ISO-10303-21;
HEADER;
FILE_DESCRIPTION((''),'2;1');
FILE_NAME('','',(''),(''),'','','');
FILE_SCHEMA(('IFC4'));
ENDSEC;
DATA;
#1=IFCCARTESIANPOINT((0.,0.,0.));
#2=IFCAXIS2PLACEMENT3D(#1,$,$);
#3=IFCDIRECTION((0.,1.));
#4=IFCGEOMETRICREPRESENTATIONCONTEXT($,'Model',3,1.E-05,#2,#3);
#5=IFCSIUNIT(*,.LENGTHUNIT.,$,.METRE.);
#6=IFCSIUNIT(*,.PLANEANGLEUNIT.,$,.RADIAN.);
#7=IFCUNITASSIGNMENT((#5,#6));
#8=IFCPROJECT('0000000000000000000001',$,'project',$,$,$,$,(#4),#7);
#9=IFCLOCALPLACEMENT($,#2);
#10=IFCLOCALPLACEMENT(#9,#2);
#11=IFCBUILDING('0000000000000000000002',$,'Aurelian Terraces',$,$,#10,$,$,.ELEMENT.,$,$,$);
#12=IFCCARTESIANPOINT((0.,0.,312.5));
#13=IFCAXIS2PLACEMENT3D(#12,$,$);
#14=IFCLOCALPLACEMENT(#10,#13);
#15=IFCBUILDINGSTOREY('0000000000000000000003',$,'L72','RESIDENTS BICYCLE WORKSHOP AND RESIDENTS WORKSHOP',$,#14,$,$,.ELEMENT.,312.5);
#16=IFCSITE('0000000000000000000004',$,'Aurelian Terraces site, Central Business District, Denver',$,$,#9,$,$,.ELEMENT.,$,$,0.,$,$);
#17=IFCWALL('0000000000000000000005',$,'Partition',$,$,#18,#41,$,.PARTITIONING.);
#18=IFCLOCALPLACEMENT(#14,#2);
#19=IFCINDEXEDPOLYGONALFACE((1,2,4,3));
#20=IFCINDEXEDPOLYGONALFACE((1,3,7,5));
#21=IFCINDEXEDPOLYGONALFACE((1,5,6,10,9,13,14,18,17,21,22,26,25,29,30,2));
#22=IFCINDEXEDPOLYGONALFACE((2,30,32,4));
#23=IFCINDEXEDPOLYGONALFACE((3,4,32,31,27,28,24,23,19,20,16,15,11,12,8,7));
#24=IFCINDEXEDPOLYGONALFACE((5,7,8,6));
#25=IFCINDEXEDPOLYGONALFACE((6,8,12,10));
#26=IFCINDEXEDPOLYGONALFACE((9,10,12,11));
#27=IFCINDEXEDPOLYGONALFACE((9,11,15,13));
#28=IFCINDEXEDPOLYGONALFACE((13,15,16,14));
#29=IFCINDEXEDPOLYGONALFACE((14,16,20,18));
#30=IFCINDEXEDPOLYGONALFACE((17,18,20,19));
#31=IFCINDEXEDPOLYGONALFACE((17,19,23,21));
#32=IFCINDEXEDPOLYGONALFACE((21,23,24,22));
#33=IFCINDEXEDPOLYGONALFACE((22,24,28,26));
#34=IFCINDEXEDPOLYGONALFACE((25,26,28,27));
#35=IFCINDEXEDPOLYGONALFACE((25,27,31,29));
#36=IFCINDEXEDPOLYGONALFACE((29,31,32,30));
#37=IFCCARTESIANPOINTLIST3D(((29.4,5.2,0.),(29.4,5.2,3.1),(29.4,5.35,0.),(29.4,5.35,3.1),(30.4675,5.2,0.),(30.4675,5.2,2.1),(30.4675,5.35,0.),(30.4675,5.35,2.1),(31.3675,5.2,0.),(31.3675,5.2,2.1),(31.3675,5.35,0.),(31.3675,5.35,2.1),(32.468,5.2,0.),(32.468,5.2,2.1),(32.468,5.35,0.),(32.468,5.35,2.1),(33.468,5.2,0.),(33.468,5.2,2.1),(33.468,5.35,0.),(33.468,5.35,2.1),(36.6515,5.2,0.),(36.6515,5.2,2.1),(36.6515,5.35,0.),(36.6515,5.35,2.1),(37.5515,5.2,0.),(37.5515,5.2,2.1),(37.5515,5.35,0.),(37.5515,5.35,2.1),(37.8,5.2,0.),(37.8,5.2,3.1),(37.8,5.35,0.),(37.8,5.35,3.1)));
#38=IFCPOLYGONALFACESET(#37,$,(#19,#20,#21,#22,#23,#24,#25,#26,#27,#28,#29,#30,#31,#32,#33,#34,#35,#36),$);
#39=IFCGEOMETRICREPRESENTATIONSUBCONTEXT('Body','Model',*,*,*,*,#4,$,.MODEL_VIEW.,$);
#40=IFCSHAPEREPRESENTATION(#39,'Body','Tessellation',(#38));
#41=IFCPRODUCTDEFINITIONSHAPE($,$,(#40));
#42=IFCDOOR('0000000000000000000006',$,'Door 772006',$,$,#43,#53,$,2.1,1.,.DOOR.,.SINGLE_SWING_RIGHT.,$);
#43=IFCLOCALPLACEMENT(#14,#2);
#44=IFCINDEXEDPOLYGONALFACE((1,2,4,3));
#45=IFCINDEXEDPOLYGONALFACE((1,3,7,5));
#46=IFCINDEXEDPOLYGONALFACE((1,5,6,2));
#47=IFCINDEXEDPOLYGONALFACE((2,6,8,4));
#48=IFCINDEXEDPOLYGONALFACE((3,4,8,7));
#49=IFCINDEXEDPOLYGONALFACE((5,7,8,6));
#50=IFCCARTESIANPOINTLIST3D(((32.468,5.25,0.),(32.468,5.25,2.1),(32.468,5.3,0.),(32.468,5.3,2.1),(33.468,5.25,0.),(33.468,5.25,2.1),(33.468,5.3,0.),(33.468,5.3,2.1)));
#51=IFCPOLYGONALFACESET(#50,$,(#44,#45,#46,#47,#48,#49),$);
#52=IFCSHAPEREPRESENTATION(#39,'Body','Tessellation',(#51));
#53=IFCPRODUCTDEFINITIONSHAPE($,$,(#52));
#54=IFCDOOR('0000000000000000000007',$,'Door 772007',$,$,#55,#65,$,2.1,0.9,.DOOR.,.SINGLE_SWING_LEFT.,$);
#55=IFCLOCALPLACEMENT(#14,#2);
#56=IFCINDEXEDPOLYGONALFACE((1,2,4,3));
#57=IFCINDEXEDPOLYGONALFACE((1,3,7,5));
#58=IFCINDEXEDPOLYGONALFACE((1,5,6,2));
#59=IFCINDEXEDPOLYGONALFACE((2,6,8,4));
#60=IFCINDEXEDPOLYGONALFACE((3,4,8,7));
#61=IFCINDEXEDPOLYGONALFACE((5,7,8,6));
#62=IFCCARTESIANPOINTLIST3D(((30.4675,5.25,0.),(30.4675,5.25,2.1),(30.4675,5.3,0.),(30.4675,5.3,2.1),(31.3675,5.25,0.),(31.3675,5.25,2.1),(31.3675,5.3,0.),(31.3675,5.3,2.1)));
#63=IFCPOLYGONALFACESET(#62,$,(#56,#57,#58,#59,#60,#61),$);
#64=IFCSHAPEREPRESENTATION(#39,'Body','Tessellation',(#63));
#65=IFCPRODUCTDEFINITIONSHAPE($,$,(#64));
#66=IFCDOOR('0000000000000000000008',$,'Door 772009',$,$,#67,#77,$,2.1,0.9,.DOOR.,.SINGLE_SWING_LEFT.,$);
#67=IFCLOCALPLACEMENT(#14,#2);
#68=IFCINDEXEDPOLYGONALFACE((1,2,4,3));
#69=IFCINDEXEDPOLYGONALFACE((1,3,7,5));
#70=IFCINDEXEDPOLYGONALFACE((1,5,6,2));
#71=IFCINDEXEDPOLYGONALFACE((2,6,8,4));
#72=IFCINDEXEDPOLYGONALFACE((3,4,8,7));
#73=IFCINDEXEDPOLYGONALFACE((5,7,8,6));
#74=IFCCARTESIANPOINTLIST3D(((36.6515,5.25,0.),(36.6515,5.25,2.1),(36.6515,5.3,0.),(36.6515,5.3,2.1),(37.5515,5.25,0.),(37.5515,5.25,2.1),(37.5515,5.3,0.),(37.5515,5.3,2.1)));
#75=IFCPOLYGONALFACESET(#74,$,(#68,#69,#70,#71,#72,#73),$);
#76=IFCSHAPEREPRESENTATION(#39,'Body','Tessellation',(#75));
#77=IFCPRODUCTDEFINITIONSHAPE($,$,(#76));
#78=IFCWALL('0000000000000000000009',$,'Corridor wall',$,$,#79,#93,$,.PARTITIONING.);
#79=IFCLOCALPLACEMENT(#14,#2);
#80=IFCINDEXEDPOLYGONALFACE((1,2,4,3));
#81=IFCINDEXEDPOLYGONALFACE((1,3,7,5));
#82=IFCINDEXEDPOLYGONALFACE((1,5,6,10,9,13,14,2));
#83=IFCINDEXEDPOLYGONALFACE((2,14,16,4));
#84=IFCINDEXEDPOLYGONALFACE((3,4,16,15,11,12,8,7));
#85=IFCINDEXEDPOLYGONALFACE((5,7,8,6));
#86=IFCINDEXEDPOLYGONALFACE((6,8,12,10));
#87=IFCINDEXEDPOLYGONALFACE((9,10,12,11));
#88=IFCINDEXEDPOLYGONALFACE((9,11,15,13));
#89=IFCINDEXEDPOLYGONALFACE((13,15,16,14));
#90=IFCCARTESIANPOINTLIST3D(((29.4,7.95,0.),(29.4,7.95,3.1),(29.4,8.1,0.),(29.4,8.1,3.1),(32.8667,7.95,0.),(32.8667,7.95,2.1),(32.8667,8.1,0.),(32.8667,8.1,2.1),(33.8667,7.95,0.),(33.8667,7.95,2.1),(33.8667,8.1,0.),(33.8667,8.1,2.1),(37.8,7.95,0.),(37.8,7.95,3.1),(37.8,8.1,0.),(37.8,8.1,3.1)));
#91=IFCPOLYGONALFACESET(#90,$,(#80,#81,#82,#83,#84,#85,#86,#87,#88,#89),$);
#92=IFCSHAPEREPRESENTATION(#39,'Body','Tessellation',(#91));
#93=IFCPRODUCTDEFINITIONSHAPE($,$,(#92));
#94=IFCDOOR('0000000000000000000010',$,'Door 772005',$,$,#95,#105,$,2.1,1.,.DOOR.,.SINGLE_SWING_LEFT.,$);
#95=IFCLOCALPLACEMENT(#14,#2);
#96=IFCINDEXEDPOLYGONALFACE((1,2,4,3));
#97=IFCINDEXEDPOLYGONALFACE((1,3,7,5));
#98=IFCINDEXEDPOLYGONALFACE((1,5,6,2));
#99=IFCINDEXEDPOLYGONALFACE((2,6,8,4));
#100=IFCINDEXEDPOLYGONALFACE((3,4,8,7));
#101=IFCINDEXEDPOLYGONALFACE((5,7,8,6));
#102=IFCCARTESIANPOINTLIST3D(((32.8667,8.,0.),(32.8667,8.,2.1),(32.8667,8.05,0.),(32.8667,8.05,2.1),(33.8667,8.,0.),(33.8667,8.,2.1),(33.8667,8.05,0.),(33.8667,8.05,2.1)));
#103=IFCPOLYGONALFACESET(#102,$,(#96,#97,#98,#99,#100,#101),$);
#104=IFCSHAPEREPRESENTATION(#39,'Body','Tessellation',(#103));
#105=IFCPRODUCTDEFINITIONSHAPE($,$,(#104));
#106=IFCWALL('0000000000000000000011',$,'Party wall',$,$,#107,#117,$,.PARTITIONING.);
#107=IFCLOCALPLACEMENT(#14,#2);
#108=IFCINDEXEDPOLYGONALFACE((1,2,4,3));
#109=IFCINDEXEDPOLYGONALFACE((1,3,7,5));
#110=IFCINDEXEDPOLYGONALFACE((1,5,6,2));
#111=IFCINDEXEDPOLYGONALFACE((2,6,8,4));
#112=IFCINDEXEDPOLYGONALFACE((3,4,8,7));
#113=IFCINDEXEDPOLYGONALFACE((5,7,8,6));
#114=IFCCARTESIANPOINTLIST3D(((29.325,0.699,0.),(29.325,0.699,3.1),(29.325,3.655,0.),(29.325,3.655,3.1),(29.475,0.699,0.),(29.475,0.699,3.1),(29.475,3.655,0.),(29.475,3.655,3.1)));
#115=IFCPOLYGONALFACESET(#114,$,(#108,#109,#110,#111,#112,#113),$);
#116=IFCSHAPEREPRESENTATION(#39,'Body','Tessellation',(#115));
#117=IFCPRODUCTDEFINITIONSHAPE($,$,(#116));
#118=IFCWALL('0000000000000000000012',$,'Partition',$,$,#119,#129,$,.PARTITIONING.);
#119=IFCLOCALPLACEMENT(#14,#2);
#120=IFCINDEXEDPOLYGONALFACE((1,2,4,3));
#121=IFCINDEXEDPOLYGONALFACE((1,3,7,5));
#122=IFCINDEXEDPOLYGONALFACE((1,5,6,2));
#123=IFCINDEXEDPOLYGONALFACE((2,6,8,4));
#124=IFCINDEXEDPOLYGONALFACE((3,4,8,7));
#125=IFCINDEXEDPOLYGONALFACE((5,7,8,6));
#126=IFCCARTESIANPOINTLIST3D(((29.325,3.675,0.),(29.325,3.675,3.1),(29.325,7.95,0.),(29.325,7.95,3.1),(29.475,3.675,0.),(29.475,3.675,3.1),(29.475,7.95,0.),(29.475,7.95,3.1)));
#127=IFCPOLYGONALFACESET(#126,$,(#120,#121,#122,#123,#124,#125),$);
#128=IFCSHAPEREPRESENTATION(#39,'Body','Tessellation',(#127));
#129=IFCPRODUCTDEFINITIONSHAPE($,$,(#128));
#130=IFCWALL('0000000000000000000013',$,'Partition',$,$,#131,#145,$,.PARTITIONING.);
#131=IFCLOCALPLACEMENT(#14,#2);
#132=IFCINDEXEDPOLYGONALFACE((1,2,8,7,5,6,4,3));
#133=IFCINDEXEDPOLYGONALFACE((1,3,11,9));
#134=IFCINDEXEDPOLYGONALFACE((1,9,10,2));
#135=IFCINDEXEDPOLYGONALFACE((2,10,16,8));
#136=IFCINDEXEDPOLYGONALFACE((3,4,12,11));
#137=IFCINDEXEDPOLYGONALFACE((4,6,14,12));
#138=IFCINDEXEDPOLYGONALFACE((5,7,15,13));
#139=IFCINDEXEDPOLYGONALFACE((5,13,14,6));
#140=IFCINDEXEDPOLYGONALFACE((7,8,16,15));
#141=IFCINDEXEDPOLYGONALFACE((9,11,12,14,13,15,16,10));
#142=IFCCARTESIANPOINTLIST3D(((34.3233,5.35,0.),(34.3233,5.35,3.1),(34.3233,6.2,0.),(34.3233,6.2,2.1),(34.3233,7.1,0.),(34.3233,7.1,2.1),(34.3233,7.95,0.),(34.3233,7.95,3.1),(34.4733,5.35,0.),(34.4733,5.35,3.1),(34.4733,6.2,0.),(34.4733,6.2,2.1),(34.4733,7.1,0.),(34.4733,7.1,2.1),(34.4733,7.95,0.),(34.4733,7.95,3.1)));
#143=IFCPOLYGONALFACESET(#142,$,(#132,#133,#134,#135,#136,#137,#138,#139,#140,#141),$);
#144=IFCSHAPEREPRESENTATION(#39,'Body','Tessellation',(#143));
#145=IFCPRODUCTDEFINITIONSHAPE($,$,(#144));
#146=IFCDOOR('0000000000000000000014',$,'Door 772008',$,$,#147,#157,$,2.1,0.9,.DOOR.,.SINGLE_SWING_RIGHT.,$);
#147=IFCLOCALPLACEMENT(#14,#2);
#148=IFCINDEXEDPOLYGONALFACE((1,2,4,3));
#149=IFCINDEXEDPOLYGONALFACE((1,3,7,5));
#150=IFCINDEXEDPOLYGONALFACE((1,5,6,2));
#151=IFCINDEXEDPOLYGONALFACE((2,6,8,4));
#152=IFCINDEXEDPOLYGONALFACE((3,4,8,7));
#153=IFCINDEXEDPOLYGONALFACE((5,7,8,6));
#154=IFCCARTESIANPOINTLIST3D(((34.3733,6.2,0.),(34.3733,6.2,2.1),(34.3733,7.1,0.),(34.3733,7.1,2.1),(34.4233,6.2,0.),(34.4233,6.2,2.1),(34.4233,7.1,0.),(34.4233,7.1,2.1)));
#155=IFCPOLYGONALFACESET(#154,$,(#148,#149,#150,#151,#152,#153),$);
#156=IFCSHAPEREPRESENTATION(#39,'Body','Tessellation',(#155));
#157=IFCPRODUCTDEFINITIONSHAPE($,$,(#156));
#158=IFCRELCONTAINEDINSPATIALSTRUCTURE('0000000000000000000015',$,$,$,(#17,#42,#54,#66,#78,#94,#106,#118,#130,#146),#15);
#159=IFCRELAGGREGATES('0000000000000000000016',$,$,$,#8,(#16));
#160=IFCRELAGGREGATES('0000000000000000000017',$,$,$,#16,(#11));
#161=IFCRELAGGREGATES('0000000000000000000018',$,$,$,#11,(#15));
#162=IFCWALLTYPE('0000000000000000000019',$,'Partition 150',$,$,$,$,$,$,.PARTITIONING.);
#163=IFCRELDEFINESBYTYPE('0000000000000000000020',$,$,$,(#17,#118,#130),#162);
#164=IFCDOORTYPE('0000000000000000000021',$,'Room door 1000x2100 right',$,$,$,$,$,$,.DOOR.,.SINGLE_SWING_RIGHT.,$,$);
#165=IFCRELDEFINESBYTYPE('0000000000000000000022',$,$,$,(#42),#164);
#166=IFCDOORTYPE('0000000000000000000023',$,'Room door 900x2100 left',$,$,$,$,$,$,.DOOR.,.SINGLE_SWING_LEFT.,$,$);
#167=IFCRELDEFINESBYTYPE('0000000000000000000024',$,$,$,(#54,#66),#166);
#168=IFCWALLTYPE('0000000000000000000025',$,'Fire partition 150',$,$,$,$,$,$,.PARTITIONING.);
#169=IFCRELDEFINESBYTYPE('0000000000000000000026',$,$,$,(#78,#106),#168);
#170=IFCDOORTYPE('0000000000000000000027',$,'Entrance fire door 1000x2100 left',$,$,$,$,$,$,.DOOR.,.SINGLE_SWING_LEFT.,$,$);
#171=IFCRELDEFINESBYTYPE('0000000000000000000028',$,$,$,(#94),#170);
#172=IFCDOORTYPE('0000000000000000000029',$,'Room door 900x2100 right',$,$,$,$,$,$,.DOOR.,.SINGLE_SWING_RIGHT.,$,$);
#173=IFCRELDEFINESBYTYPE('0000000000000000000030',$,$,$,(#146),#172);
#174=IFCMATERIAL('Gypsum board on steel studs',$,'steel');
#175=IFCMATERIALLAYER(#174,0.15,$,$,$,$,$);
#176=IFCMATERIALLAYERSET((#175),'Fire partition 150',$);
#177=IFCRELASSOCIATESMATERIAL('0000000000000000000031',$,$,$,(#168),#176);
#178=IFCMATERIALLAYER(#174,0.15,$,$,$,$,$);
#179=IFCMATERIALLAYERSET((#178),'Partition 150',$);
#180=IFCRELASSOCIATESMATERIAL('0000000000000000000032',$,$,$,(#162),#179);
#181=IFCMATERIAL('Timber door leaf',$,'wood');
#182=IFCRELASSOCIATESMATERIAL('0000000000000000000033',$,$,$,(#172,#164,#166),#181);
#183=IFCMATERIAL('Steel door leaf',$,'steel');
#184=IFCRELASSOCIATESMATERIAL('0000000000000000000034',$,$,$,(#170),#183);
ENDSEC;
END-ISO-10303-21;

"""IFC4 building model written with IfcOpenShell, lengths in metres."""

from ifc_helpers import new_model, si_unit, direction, frame, frame_2d, origin, place, context, subcontext, project, spatial, rectangle, extrude, source, transform, mapped, material, layer, layer_set, type_object, element, fill, save


model = new_model("IFC4")

# Units and contexts
model_context = context("Model", 3, precision=1e-05, world=origin(), true_north=direction((0.0, 1.0)))
body_context = subcontext(model_context, "Body", "Model", "MODEL_VIEW")
ifc_project = project(units=[si_unit("LENGTHUNIT", "METRE"), si_unit("PLANEANGLEUNIT", "RADIAN")], contexts=[model_context])

# Site, building, storey
site_placement = place(None, origin())
site = spatial("IfcSite", under=ifc_project, at=site_placement, Name="Aurelian Terraces site, Central Business District, Denver", CompositionType="ELEMENT", RefElevation=0.0)
building_placement = place(site_placement, origin())
building = spatial("IfcBuilding", under=site, at=building_placement, Name="Aurelian Terraces", CompositionType="ELEMENT")
storey_placement = place(building_placement, frame((0.0, 0.0, 312.5)))
storey = spatial("IfcBuildingStorey", under=building, at=storey_placement, Name="L72", Description="RESIDENTS BICYCLE WORKSHOP AND RESIDENTS WORKSHOP", CompositionType="ELEMENT", Elevation=312.5)

# Shared definitions
ifc_material_1 = material(Name="Gypsum board on steel studs", Category="steel")
ifc_layer_1 = layer(ifc_material_1, 0.15)
ifc_layer_set_1 = layer_set([ifc_layer_1], Name="Fire partition 150")
wall_type_1 = type_object("IfcWallType", Name="Fire partition 150", PredefinedType="PARTITIONING", material=ifc_layer_set_1)

# Shared definitions
ifc_layer_2 = layer(ifc_material_1, 0.15)
ifc_layer_set_2 = layer_set([ifc_layer_2], Name="Partition 150")
wall_type_2 = type_object("IfcWallType", Name="Partition 150", PredefinedType="PARTITIONING", material=ifc_layer_set_2)
shared_shape_1 = source(origin(), body_context, "Body", "SweptSolid", [
    extrude(rectangle(XDim=0.9, YDim=2.1, at=frame_2d((0.45, 1.05))), frame((0.0, 0.085, 0.0), z_axis=(0.0, -1.0, 0.0), x_axis=(1.0, 0.0, 0.0)), (0.0, 0.0, 1.0), 0.17),
])
ifc_material_2 = material(Name="Timber door leaf", Category="wood")
door_type_1 = type_object("IfcDoorType", Name="Room door 900x2100 right", OperationType="SINGLE_SWING_RIGHT", PredefinedType="DOOR", material=ifc_material_2)
shared_shape_2 = source(origin(), body_context, "Body", "SweptSolid", [
    extrude(rectangle(XDim=0.9, YDim=2.1, at=frame_2d((0.45, 1.05))), frame((0.0, 0.025, 0.0), z_axis=(0.0, -1.0, 0.0), x_axis=(1.0, 0.0, 0.0)), (0.0, 0.0, 1.0), 0.05),
])

# Wall, openings, doors
shared_shape_3 = source(origin(), body_context, "Body", "SweptSolid", [
    extrude(rectangle(XDim=8.4, YDim=0.15, at=frame_2d((4.2, 0.0))), origin(), (0.0, 0.0, 1.0), 3.1),
])
wall_1_placement = place(storey_placement, frame((37.8, 5.275, 0.0), z_axis=(0.0, 0.0, 1.0), x_axis=(-1.0, 0.0, 0.0)))
wall_1 = element("IfcWall", 1, at=wall_1_placement, inside=storey, type_object=wall_type_2, Name="Partition", PredefinedType="PARTITIONING", context=body_context, shape_type="MappedRepresentation", body=[
    mapped(shared_shape_3, transform((0.0, 0.0, 0.0), scale=1.0)),
])
shared_shape_4 = source(origin(), body_context, "Body", "SweptSolid", [
    extrude(rectangle(XDim=1.0, YDim=2.1, at=frame_2d((0.5, 1.05))), frame((0.0, 0.085, 0.0), z_axis=(0.0, -1.0, 0.0), x_axis=(1.0, 0.0, 0.0)), (0.0, 0.0, 1.0), 0.17),
])
opening_1_placement = place(wall_1_placement, frame((4.332, 0.0, 0.0)))
opening_1 = element("IfcOpeningElement", 2, at=opening_1_placement, cuts=wall_1, PredefinedType="OPENING", context=body_context, shape_type="MappedRepresentation", body=[
    mapped(shared_shape_4, transform((0.0, 0.0, 0.0), scale=1.0)),
])
opening_2_placement = place(wall_1_placement, frame((6.4325, 0.0, 0.0)))
opening_2 = element("IfcOpeningElement", 3, at=opening_2_placement, cuts=wall_1, PredefinedType="OPENING", context=body_context, shape_type="MappedRepresentation", body=[
    mapped(shared_shape_1, transform((0.0, 0.0, 0.0), scale=1.0)),
])
opening_3_placement = place(wall_1_placement, frame((0.2485, 0.0, 0.0)))
opening_3 = element("IfcOpeningElement", 4, at=opening_3_placement, cuts=wall_1, PredefinedType="OPENING", context=body_context, shape_type="MappedRepresentation", body=[
    mapped(shared_shape_1, transform((0.0, 0.0, 0.0), scale=1.0)),
])
door_type_2 = type_object("IfcDoorType", Name="Room door 1000x2100 right", OperationType="SINGLE_SWING_RIGHT", PredefinedType="DOOR", material=ifc_material_2)
shared_shape_5 = source(origin(), body_context, "Body", "SweptSolid", [
    extrude(rectangle(XDim=1.0, YDim=2.1, at=frame_2d((0.5, 1.05))), frame((0.0, 0.025, 0.0), z_axis=(0.0, -1.0, 0.0), x_axis=(1.0, 0.0, 0.0)), (0.0, 0.0, 1.0), 0.05),
])
door_1_placement = place(opening_1_placement, origin())
door_1 = element("IfcDoor", 5, at=door_1_placement, inside=storey, type_object=door_type_2, Name="Door 772006", OperationType="SINGLE_SWING_RIGHT", OverallHeight=2.1, OverallWidth=1.0, PredefinedType="DOOR", context=body_context, shape_type="MappedRepresentation", body=[
    mapped(shared_shape_5, transform((0.0, 0.0, 0.0), scale=1.0)),
])
fill(opening_1, door_1)
door_type_3 = type_object("IfcDoorType", Name="Room door 900x2100 left", OperationType="SINGLE_SWING_LEFT", PredefinedType="DOOR", material=ifc_material_2)
door_2_placement = place(opening_2_placement, origin())
door_2 = element("IfcDoor", 6, at=door_2_placement, inside=storey, type_object=door_type_3, Name="Door 772007", OperationType="SINGLE_SWING_LEFT", OverallHeight=2.1, OverallWidth=0.9, PredefinedType="DOOR", context=body_context, shape_type="MappedRepresentation", body=[
    mapped(shared_shape_2, transform((0.0, 0.0, 0.0), scale=1.0)),
])
fill(opening_2, door_2)
door_3_placement = place(opening_3_placement, origin())
door_3 = element("IfcDoor", 7, at=door_3_placement, inside=storey, type_object=door_type_3, Name="Door 772009", OperationType="SINGLE_SWING_LEFT", OverallHeight=2.1, OverallWidth=0.9, PredefinedType="DOOR", context=body_context, shape_type="MappedRepresentation", body=[
    mapped(shared_shape_2, transform((0.0, 0.0, 0.0), scale=1.0)),
])
fill(opening_3, door_3)

# Wall, opening, door
wall_2_placement = place(storey_placement, frame((37.8, 8.025, 0.0), z_axis=(0.0, 0.0, 1.0), x_axis=(-1.0, 0.0, 0.0)))
wall_2 = element("IfcWall", 8, at=wall_2_placement, inside=storey, type_object=wall_type_1, Name="Corridor wall", PredefinedType="PARTITIONING", context=body_context, shape_type="MappedRepresentation", body=[
    mapped(shared_shape_3, transform((0.0, 0.0, 0.0), scale=1.0)),
])
opening_4_placement = place(wall_2_placement, frame((3.9333, 0.0, 0.0)))
opening_4 = element("IfcOpeningElement", 9, at=opening_4_placement, cuts=wall_2, PredefinedType="OPENING", context=body_context, shape_type="MappedRepresentation", body=[
    mapped(shared_shape_4, transform((0.0, 0.0, 0.0), scale=1.0)),
])
ifc_material_3 = material(Name="Steel door leaf", Category="steel")
door_type_4 = type_object("IfcDoorType", Name="Entrance fire door 1000x2100 left", OperationType="SINGLE_SWING_LEFT", PredefinedType="DOOR", material=ifc_material_3)
door_4_placement = place(opening_4_placement, origin())
door_4 = element("IfcDoor", 10, at=door_4_placement, inside=storey, type_object=door_type_4, Name="Door 772005", OperationType="SINGLE_SWING_LEFT", OverallHeight=2.1, OverallWidth=1.0, PredefinedType="DOOR", context=body_context, shape_type="MappedRepresentation", body=[
    mapped(shared_shape_5, transform((0.0, 0.0, 0.0), scale=1.0)),
])
fill(opening_4, door_4)

# Walls
shared_shape_6 = source(origin(), body_context, "Body", "SweptSolid", [
    extrude(rectangle(XDim=2.956, YDim=0.15, at=frame_2d((1.478, 0.0))), origin(), (0.0, 0.0, 1.0), 3.1),
])
wall_3_placement = place(storey_placement, frame((29.4, 0.699, 0.0), z_axis=(0.0, 0.0, 1.0), x_axis=(0.0, 1.0, 0.0)))
element("IfcWall", 11, at=wall_3_placement, inside=storey, type_object=wall_type_1, Name="Party wall", PredefinedType="PARTITIONING", context=body_context, shape_type="MappedRepresentation", body=[
    mapped(shared_shape_6, transform((0.0, 0.0, 0.0), scale=1.0)),
])
shared_shape_7 = source(origin(), body_context, "Body", "SweptSolid", [
    extrude(rectangle(XDim=4.275, YDim=0.15, at=frame_2d((2.1375, 0.0))), origin(), (0.0, 0.0, 1.0), 3.1),
])
wall_4_placement = place(storey_placement, frame((29.4, 3.675, 0.0), z_axis=(0.0, 0.0, 1.0), x_axis=(0.0, 1.0, 0.0)))
element("IfcWall", 12, at=wall_4_placement, inside=storey, type_object=wall_type_2, Name="Partition", PredefinedType="PARTITIONING", context=body_context, shape_type="MappedRepresentation", body=[
    mapped(shared_shape_7, transform((0.0, 0.0, 0.0), scale=1.0)),
])

# Wall, opening, door
shared_shape_8 = source(origin(), body_context, "Body", "SweptSolid", [
    extrude(rectangle(XDim=2.6, YDim=0.15, at=frame_2d((1.3, 0.0))), origin(), (0.0, 0.0, 1.0), 3.1),
])
wall_5_placement = place(storey_placement, frame((34.3983, 5.35, 0.0), z_axis=(0.0, 0.0, 1.0), x_axis=(0.0, 1.0, 0.0)))
wall_5 = element("IfcWall", 13, at=wall_5_placement, inside=storey, type_object=wall_type_2, Name="Partition", PredefinedType="PARTITIONING", context=body_context, shape_type="MappedRepresentation", body=[
    mapped(shared_shape_8, transform((0.0, 0.0, 0.0), scale=1.0)),
])
opening_5_placement = place(wall_5_placement, frame((0.85, 0.0, 0.0)))
opening_5 = element("IfcOpeningElement", 14, at=opening_5_placement, cuts=wall_5, PredefinedType="OPENING", context=body_context, shape_type="MappedRepresentation", body=[
    mapped(shared_shape_1, transform((0.0, 0.0, 0.0), scale=1.0)),
])
door_5_placement = place(opening_5_placement, origin())
door_5 = element("IfcDoor", 15, at=door_5_placement, inside=storey, type_object=door_type_1, Name="Door 772008", OperationType="SINGLE_SWING_RIGHT", OverallHeight=2.1, OverallWidth=0.9, PredefinedType="DOOR", context=body_context, shape_type="MappedRepresentation", body=[
    mapped(shared_shape_2, transform((0.0, 0.0, 0.0), scale=1.0)),
])
fill(opening_5, door_5)

save(model, "model.ifc")
